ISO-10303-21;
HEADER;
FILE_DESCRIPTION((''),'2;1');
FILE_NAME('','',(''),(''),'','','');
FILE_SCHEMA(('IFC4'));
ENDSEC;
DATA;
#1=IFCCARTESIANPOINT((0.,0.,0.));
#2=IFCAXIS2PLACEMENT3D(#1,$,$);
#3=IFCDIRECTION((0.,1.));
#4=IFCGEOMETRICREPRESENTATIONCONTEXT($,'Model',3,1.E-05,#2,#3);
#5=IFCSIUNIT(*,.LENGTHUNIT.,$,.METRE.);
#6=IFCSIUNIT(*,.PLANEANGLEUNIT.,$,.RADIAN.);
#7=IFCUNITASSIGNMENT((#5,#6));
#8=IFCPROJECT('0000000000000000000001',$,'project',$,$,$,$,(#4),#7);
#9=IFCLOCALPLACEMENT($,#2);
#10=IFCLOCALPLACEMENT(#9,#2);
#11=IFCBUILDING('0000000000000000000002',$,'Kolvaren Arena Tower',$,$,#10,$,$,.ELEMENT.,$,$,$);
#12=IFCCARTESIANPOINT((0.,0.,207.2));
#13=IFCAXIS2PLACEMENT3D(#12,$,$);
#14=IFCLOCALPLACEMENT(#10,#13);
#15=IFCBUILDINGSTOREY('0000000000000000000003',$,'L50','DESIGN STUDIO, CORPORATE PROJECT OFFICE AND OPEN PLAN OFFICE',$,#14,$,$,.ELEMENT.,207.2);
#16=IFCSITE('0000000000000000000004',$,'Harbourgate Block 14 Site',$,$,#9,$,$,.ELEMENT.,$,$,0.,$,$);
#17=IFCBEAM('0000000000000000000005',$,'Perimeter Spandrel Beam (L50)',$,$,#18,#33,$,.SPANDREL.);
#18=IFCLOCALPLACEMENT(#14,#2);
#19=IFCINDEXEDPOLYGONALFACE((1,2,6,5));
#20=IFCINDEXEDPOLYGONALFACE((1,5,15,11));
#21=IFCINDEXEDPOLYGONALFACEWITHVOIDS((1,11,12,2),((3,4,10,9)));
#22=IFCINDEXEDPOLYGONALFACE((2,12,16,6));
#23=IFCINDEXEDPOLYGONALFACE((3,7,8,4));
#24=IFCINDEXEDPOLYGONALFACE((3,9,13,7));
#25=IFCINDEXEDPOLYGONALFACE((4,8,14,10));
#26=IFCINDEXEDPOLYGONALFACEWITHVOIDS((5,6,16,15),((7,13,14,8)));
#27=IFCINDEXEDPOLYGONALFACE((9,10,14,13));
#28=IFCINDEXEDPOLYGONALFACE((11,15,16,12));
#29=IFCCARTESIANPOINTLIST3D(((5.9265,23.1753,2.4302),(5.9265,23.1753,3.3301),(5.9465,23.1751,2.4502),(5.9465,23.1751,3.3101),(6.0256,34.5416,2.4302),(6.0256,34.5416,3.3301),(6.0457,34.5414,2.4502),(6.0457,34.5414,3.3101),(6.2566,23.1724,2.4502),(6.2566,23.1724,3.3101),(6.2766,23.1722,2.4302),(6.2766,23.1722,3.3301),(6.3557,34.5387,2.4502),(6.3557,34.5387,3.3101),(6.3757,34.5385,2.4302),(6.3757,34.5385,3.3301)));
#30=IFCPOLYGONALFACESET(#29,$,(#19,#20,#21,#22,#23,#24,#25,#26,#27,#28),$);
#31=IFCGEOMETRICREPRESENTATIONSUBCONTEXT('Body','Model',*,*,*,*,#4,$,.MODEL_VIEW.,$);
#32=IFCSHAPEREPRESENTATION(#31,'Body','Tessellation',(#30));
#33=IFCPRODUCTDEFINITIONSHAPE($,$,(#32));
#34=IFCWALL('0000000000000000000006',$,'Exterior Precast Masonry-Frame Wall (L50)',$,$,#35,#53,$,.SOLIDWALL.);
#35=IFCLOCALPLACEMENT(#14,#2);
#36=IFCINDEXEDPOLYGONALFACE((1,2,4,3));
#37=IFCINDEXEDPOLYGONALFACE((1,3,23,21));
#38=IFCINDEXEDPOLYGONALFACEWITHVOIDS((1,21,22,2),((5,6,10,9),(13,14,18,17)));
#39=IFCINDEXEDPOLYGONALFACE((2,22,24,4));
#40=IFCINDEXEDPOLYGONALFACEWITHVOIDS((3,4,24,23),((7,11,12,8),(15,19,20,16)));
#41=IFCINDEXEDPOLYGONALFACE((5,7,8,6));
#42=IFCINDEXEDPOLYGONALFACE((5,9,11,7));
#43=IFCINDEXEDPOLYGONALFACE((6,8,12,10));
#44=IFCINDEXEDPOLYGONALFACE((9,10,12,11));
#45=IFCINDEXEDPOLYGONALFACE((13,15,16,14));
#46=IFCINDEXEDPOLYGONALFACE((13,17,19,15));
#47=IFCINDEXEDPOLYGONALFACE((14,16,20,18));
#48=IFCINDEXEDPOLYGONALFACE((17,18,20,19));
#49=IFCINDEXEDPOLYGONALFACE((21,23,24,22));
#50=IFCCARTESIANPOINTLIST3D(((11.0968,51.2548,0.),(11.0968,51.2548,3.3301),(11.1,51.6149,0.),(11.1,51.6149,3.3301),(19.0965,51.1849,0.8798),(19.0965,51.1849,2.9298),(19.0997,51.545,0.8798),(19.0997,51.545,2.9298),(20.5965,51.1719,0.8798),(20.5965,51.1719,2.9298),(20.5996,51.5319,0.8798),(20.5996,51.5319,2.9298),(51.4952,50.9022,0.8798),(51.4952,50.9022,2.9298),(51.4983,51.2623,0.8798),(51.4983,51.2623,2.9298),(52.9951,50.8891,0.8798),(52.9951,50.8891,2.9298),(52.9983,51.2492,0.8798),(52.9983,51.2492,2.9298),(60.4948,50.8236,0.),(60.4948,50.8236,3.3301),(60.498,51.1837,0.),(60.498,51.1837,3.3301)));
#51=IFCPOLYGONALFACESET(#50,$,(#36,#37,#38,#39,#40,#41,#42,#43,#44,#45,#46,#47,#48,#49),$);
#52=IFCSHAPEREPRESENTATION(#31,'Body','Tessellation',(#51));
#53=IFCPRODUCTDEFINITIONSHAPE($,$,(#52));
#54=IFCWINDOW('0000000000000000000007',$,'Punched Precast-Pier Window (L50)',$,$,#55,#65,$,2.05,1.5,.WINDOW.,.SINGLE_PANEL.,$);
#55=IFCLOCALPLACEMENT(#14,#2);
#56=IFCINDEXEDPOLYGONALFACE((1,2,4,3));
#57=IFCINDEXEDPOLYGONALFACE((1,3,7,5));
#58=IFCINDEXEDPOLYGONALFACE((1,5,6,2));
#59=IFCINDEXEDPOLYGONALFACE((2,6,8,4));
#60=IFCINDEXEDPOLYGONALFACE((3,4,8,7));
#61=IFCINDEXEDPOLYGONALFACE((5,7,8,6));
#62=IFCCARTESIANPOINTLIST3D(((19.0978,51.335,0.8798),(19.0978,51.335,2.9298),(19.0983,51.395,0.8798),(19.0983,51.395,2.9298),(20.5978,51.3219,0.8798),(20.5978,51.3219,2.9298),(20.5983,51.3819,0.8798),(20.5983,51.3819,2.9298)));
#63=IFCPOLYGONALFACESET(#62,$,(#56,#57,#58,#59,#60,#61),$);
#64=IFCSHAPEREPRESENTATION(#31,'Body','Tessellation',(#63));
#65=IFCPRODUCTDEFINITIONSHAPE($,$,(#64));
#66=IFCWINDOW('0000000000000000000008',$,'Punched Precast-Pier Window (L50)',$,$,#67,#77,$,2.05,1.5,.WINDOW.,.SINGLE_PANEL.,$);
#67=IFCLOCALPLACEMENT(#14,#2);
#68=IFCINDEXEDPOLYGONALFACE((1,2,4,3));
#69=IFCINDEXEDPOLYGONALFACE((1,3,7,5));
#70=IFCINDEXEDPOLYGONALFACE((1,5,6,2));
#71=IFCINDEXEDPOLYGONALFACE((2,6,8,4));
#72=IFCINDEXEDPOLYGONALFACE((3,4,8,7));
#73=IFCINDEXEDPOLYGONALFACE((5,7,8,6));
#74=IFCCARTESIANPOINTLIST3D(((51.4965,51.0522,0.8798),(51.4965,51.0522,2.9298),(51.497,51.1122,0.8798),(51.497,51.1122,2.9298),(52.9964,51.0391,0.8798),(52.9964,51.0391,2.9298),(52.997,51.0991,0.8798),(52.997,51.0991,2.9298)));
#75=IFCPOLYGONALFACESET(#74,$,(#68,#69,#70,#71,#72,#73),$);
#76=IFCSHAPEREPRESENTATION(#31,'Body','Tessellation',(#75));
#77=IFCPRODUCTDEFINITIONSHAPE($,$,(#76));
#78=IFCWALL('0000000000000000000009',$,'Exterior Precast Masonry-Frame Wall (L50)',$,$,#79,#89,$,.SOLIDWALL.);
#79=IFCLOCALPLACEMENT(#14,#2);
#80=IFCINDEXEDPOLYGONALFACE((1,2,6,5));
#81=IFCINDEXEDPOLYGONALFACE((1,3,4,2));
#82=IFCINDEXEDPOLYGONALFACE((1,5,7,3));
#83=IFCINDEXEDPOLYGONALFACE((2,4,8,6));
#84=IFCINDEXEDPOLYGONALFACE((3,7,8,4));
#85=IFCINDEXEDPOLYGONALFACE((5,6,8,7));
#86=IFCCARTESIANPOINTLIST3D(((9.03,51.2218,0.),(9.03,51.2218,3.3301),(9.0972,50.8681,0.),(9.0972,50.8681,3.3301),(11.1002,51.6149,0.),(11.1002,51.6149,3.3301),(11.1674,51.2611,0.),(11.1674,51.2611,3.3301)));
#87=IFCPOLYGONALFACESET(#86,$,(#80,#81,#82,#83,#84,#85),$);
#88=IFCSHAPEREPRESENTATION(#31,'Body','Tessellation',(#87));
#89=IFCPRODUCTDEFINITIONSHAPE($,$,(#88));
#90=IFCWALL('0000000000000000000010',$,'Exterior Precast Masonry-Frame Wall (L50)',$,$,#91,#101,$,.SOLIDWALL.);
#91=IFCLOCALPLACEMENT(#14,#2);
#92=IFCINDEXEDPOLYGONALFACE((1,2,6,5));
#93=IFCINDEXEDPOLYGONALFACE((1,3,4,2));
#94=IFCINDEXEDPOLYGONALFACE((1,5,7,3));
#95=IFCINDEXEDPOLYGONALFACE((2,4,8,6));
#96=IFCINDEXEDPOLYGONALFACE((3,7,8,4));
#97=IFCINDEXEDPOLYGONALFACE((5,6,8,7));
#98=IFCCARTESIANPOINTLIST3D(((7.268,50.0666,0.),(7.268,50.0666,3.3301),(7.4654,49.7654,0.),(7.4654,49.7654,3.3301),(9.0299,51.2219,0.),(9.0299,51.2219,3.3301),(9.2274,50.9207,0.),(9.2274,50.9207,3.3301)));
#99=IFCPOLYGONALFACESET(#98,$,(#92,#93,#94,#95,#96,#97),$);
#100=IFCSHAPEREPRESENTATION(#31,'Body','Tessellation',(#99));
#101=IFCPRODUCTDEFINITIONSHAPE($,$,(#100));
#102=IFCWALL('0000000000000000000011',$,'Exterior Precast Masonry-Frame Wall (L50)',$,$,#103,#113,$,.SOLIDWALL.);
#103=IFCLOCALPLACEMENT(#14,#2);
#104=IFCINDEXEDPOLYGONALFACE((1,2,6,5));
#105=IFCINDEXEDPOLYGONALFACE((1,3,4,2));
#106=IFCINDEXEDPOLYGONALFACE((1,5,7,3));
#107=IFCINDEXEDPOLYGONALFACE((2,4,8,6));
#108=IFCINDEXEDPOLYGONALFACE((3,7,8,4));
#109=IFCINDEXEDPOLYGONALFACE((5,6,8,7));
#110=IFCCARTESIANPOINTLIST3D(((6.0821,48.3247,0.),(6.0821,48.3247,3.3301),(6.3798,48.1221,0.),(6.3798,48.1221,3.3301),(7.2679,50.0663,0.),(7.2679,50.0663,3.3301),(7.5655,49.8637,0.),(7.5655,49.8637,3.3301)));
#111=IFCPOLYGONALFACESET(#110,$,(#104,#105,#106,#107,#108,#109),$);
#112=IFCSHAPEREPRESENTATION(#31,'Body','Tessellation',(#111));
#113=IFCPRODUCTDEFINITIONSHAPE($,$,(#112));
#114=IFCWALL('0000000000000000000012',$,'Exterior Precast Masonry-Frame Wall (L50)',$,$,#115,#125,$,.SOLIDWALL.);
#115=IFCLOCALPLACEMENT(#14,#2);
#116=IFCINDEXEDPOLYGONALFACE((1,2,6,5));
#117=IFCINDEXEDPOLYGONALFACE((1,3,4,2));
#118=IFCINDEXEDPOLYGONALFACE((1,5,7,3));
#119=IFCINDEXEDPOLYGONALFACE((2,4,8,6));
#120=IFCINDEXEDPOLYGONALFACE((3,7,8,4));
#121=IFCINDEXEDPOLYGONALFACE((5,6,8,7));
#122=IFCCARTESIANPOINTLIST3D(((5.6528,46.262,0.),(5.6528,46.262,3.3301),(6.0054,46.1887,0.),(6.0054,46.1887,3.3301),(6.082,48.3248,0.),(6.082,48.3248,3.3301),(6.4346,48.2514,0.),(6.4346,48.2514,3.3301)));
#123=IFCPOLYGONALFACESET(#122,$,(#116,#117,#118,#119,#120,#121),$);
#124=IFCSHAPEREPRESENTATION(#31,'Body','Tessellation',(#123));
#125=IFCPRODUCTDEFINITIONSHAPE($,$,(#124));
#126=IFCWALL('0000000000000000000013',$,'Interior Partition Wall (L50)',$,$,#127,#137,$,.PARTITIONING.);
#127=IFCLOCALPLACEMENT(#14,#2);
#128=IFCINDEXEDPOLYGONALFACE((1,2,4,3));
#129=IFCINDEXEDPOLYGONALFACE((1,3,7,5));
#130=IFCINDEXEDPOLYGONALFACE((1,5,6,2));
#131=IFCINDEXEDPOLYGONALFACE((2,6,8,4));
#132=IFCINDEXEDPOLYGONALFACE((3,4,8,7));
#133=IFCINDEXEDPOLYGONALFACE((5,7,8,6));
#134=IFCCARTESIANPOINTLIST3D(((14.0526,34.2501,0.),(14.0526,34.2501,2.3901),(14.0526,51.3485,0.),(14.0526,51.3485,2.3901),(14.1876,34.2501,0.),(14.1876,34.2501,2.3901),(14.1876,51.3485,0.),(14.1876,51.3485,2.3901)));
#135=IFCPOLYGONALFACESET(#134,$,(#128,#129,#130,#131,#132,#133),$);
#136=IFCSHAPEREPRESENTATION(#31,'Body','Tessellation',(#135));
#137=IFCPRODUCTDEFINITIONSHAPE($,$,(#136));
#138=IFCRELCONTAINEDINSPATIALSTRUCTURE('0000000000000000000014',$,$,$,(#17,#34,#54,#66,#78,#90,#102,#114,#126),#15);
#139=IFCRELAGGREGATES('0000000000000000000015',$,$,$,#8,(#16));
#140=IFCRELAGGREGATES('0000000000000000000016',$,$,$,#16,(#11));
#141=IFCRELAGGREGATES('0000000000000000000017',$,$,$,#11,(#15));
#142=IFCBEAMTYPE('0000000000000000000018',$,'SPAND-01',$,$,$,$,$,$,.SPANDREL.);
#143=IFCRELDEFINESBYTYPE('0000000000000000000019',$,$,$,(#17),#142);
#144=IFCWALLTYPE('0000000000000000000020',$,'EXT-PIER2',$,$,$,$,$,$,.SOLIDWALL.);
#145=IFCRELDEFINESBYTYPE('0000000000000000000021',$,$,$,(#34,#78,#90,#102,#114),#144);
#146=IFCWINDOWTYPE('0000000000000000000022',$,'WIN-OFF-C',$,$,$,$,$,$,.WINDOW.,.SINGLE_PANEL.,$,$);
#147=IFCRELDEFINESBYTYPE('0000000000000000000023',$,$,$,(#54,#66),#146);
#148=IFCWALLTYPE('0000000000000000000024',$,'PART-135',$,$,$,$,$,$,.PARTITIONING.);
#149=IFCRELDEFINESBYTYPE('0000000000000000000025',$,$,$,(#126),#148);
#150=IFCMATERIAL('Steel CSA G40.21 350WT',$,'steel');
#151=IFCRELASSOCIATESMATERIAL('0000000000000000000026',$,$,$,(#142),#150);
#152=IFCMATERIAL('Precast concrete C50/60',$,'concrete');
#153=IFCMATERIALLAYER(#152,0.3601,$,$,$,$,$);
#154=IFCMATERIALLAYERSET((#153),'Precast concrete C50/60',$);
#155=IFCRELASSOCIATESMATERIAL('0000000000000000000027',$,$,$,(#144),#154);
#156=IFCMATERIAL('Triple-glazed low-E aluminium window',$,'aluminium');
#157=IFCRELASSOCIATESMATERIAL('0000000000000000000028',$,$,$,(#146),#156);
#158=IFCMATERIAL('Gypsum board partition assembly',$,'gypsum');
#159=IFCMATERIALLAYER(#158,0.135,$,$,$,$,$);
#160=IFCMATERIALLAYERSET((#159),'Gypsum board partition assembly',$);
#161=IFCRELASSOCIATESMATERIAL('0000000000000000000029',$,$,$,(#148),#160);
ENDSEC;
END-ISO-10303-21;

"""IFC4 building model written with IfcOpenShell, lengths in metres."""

from ifc_helpers import new_model, si_unit, direction, frame, frame_2d, origin, origin_2d, place, context, subcontext, project, spatial, rectangle, hollow_rectangle, extrude, material, layer, layer_set, material_profile, profile_set, type_object, element, fill, save


model = new_model("IFC4")

# Units and contexts
model_context = context("Model", 3, precision=1e-05, world=origin(), true_north=direction((0.0, 1.0)))
body_context = subcontext(model_context, "Body", "Model", "MODEL_VIEW")
ifc_project = project(units=[si_unit("LENGTHUNIT", "METRE"), si_unit("PLANEANGLEUNIT", "RADIAN")], contexts=[model_context])

# Site, building, storey
site_placement = place(None, origin())
site = spatial("IfcSite", under=ifc_project, at=site_placement, Name="Harbourgate Block 14 Site", CompositionType="ELEMENT", RefElevation=0.0)
building_placement = place(site_placement, origin())
building = spatial("IfcBuilding", under=site, at=building_placement, Name="Kolvaren Arena Tower", CompositionType="ELEMENT")
storey_placement = place(building_placement, frame((0.0, 0.0, 207.2)))
storey = spatial("IfcBuildingStorey", under=building, at=storey_placement, Name="L50", Description="DESIGN STUDIO, CORPORATE PROJECT OFFICE AND OPEN PLAN OFFICE", CompositionType="ELEMENT", Elevation=207.2)

# Beam
ifc_material_1 = material(Name="Steel CSA G40.21 350WT", Category="steel")
ifc_material_profile_1 = material_profile(ifc_material_1, hollow_rectangle(XDim=0.3501, YDim=0.8999, WallThickness=0.02, at=origin_2d()), Name="HSS 900x350x20")
ifc_profile_set_1 = profile_set([ifc_material_profile_1], Name="Steel CSA G40.21 350WT")
beam_type_1 = type_object("IfcBeamType", Name="SPAND-01", PredefinedType="SPANDREL", material=ifc_profile_set_1)
for number, where, z_axis, x_axis, name in (
    (1, (6.2007, 34.54, 2.8801), (-0.00872, -0.999962, 0.0), (0.999962, -0.00872, 0.0), "Perimeter Spandrel Beam (L50)"),
):
    element("IfcBeam", number, at=place(storey_placement, frame(where, z_axis=z_axis, x_axis=x_axis)), inside=storey, type_object=beam_type_1, Name=name, PredefinedType="SPANDREL", context=body_context, shape_type="SweptSolid", body=[
        extrude(hollow_rectangle(XDim=0.3501, YDim=0.8999, WallThickness=0.02, at=origin_2d()), origin(), (0.0, 0.0, 1.0), 11.3667),
    ])

# Wall, openings, windows
ifc_material_2 = material(Name="Precast concrete C50/60", Category="concrete")
ifc_layer_1 = layer(ifc_material_2, 0.3601)
ifc_layer_set_1 = layer_set([ifc_layer_1], Name="Precast concrete C50/60")
wall_type_1 = type_object("IfcWallType", Name="EXT-PIER2", PredefinedType="SOLIDWALL", material=ifc_layer_set_1)
wall_1_placement = place(storey_placement, frame((11.0984, 51.4348, 0.0), z_axis=(0.0, 0.0, 1.0), x_axis=(0.999962, -0.008728, 0.0)))
wall_1 = element("IfcWall", 2, at=wall_1_placement, inside=storey, type_object=wall_type_1, Name="Exterior Precast Masonry-Frame Wall (L50)", PredefinedType="SOLIDWALL", context=body_context, shape_type="SweptSolid", body=[
    extrude(rectangle(XDim=49.3999, YDim=0.3601, at=frame_2d((24.7, 0.0))), origin(), (0.0, 0.0, 1.0), 3.3301),
])
opening_1_placement = place(wall_1_placement, frame((8.0, 0.0, 0.8799)))
opening_1 = element("IfcOpeningElement", 3, at=opening_1_placement, cuts=wall_1, PredefinedType="OPENING", context=body_context, shape_type="SweptSolid", body=[
    extrude(rectangle(XDim=1.5, YDim=2.05, at=frame_2d((0.75, 1.0249))), frame((0.0, 0.1899, 0.0), z_axis=(0.0, -1.0, 0.0), x_axis=(1.0, 0.0, 0.0)), (0.0, 0.0, 1.0), 0.3801),
])
opening_2_placement = place(wall_1_placement, frame((40.3999, 0.0, 0.8799)))
opening_2 = element("IfcOpeningElement", 4, at=opening_2_placement, cuts=wall_1, PredefinedType="OPENING", context=body_context, shape_type="SweptSolid", body=[
    extrude(rectangle(XDim=1.5, YDim=2.05, at=frame_2d((0.75, 1.0249))), frame((0.0, 0.1899, 0.0), z_axis=(0.0, -1.0, 0.0), x_axis=(1.0, 0.0, 0.0)), (0.0, 0.0, 1.0), 0.3801),
])
ifc_material_3 = material(Name="Triple-glazed low-E aluminium window", Category="aluminium")
window_type = type_object("IfcWindowType", Name="WIN-OFF-C", PartitioningType="SINGLE_PANEL", PredefinedType="WINDOW", material=ifc_material_3)
window_1_placement = place(opening_1_placement, origin())
window_1 = element("IfcWindow", 5, at=window_1_placement, inside=storey, type_object=window_type, Name="Punched Precast-Pier Window (L50)", OverallHeight=2.05, OverallWidth=1.5, PartitioningType="SINGLE_PANEL", PredefinedType="WINDOW", context=body_context, shape_type="SweptSolid", body=[
    extrude(rectangle(XDim=1.5, YDim=2.05, at=frame_2d((0.75, 1.0249))), frame((0.0, 0.03, 0.0), z_axis=(0.0, -1.0, 0.0), x_axis=(1.0, 0.0, 0.0)), (0.0, 0.0, 1.0), 0.0601),
])
fill(opening_1, window_1)
window_2_placement = place(opening_2_placement, origin())
window_2 = element("IfcWindow", 6, at=window_2_placement, inside=storey, type_object=window_type, Name="Punched Precast-Pier Window (L50)", OverallHeight=2.05, OverallWidth=1.5, PartitioningType="SINGLE_PANEL", PredefinedType="WINDOW", context=body_context, shape_type="SweptSolid", body=[
    extrude(rectangle(XDim=1.5, YDim=2.05, at=frame_2d((0.75, 1.0249))), frame((0.0, 0.03, 0.0), z_axis=(0.0, -1.0, 0.0), x_axis=(1.0, 0.0, 0.0)), (0.0, 0.0, 1.0), 0.0601),
])
fill(opening_2, window_2)

# Walls
wall_2_placement = place(storey_placement, frame((9.0635, 51.0449, 0.0), z_axis=(0.0, 0.0, 1.0), x_axis=(0.982446, 0.186548, 0.0)))
element("IfcWall", 7, at=wall_2_placement, inside=storey, type_object=wall_type_1, Name="Exterior Precast Masonry-Frame Wall (L50)", PredefinedType="SOLIDWALL", context=body_context, shape_type="SweptSolid", body=[
    extrude(rectangle(XDim=2.1072, YDim=0.3601, at=frame_2d((1.0537, 0.0))), origin(), (0.0, 0.0, 1.0), 3.3301),
])
for number, where, z_axis, x_axis, name in (
    (8, (7.3667, 49.916, 0.0), (0.0, 0.0, 1.0), (0.836269, 0.54832, 0.0), "Exterior Precast Masonry-Frame Wall (L50)"),
    (9, (6.231, 48.2234, 0.0), (0.0, 0.0, 1.0), (0.562776, 0.82661, 0.0), "Exterior Precast Masonry-Frame Wall (L50)"),
    (10, (5.8291, 46.2253, 0.0), (0.0, 0.0, 1.0), (0.203709, 0.979031, 0.0), "Exterior Precast Masonry-Frame Wall (L50)"),
):
    element("IfcWall", number, at=place(storey_placement, frame(where, z_axis=z_axis, x_axis=x_axis)), inside=storey, type_object=wall_type_1, Name=name, PredefinedType="SOLIDWALL", context=body_context, shape_type="SweptSolid", body=[
        extrude(rectangle(XDim=2.1069, YDim=0.3601, at=frame_2d((1.0535, 0.0))), origin(), (0.0, 0.0, 1.0), 3.3301),
    ])
ifc_material_4 = material(Name="Gypsum board partition assembly", Category="gypsum")
ifc_layer_2 = layer(ifc_material_4, 0.135)
ifc_layer_set_2 = layer_set([ifc_layer_2], Name="Gypsum board partition assembly")
wall_type_2 = type_object("IfcWallType", Name="PART-135", PredefinedType="PARTITIONING", material=ifc_layer_set_2)
wall_3_placement = place(storey_placement, frame((14.1201, 34.25, 0.0), z_axis=(0.0, 0.0, 1.0), x_axis=(0.0, 1.0, 0.0)))
element("IfcWall", 11, at=wall_3_placement, inside=storey, type_object=wall_type_2, Name="Interior Partition Wall (L50)", PredefinedType="PARTITIONING", context=body_context, shape_type="SweptSolid", body=[
    extrude(rectangle(XDim=17.0984, YDim=0.135, at=frame_2d((8.5493, 0.0))), origin(), (0.0, 0.0, 1.0), 2.3901),
])

save(model, "model.ifc")
